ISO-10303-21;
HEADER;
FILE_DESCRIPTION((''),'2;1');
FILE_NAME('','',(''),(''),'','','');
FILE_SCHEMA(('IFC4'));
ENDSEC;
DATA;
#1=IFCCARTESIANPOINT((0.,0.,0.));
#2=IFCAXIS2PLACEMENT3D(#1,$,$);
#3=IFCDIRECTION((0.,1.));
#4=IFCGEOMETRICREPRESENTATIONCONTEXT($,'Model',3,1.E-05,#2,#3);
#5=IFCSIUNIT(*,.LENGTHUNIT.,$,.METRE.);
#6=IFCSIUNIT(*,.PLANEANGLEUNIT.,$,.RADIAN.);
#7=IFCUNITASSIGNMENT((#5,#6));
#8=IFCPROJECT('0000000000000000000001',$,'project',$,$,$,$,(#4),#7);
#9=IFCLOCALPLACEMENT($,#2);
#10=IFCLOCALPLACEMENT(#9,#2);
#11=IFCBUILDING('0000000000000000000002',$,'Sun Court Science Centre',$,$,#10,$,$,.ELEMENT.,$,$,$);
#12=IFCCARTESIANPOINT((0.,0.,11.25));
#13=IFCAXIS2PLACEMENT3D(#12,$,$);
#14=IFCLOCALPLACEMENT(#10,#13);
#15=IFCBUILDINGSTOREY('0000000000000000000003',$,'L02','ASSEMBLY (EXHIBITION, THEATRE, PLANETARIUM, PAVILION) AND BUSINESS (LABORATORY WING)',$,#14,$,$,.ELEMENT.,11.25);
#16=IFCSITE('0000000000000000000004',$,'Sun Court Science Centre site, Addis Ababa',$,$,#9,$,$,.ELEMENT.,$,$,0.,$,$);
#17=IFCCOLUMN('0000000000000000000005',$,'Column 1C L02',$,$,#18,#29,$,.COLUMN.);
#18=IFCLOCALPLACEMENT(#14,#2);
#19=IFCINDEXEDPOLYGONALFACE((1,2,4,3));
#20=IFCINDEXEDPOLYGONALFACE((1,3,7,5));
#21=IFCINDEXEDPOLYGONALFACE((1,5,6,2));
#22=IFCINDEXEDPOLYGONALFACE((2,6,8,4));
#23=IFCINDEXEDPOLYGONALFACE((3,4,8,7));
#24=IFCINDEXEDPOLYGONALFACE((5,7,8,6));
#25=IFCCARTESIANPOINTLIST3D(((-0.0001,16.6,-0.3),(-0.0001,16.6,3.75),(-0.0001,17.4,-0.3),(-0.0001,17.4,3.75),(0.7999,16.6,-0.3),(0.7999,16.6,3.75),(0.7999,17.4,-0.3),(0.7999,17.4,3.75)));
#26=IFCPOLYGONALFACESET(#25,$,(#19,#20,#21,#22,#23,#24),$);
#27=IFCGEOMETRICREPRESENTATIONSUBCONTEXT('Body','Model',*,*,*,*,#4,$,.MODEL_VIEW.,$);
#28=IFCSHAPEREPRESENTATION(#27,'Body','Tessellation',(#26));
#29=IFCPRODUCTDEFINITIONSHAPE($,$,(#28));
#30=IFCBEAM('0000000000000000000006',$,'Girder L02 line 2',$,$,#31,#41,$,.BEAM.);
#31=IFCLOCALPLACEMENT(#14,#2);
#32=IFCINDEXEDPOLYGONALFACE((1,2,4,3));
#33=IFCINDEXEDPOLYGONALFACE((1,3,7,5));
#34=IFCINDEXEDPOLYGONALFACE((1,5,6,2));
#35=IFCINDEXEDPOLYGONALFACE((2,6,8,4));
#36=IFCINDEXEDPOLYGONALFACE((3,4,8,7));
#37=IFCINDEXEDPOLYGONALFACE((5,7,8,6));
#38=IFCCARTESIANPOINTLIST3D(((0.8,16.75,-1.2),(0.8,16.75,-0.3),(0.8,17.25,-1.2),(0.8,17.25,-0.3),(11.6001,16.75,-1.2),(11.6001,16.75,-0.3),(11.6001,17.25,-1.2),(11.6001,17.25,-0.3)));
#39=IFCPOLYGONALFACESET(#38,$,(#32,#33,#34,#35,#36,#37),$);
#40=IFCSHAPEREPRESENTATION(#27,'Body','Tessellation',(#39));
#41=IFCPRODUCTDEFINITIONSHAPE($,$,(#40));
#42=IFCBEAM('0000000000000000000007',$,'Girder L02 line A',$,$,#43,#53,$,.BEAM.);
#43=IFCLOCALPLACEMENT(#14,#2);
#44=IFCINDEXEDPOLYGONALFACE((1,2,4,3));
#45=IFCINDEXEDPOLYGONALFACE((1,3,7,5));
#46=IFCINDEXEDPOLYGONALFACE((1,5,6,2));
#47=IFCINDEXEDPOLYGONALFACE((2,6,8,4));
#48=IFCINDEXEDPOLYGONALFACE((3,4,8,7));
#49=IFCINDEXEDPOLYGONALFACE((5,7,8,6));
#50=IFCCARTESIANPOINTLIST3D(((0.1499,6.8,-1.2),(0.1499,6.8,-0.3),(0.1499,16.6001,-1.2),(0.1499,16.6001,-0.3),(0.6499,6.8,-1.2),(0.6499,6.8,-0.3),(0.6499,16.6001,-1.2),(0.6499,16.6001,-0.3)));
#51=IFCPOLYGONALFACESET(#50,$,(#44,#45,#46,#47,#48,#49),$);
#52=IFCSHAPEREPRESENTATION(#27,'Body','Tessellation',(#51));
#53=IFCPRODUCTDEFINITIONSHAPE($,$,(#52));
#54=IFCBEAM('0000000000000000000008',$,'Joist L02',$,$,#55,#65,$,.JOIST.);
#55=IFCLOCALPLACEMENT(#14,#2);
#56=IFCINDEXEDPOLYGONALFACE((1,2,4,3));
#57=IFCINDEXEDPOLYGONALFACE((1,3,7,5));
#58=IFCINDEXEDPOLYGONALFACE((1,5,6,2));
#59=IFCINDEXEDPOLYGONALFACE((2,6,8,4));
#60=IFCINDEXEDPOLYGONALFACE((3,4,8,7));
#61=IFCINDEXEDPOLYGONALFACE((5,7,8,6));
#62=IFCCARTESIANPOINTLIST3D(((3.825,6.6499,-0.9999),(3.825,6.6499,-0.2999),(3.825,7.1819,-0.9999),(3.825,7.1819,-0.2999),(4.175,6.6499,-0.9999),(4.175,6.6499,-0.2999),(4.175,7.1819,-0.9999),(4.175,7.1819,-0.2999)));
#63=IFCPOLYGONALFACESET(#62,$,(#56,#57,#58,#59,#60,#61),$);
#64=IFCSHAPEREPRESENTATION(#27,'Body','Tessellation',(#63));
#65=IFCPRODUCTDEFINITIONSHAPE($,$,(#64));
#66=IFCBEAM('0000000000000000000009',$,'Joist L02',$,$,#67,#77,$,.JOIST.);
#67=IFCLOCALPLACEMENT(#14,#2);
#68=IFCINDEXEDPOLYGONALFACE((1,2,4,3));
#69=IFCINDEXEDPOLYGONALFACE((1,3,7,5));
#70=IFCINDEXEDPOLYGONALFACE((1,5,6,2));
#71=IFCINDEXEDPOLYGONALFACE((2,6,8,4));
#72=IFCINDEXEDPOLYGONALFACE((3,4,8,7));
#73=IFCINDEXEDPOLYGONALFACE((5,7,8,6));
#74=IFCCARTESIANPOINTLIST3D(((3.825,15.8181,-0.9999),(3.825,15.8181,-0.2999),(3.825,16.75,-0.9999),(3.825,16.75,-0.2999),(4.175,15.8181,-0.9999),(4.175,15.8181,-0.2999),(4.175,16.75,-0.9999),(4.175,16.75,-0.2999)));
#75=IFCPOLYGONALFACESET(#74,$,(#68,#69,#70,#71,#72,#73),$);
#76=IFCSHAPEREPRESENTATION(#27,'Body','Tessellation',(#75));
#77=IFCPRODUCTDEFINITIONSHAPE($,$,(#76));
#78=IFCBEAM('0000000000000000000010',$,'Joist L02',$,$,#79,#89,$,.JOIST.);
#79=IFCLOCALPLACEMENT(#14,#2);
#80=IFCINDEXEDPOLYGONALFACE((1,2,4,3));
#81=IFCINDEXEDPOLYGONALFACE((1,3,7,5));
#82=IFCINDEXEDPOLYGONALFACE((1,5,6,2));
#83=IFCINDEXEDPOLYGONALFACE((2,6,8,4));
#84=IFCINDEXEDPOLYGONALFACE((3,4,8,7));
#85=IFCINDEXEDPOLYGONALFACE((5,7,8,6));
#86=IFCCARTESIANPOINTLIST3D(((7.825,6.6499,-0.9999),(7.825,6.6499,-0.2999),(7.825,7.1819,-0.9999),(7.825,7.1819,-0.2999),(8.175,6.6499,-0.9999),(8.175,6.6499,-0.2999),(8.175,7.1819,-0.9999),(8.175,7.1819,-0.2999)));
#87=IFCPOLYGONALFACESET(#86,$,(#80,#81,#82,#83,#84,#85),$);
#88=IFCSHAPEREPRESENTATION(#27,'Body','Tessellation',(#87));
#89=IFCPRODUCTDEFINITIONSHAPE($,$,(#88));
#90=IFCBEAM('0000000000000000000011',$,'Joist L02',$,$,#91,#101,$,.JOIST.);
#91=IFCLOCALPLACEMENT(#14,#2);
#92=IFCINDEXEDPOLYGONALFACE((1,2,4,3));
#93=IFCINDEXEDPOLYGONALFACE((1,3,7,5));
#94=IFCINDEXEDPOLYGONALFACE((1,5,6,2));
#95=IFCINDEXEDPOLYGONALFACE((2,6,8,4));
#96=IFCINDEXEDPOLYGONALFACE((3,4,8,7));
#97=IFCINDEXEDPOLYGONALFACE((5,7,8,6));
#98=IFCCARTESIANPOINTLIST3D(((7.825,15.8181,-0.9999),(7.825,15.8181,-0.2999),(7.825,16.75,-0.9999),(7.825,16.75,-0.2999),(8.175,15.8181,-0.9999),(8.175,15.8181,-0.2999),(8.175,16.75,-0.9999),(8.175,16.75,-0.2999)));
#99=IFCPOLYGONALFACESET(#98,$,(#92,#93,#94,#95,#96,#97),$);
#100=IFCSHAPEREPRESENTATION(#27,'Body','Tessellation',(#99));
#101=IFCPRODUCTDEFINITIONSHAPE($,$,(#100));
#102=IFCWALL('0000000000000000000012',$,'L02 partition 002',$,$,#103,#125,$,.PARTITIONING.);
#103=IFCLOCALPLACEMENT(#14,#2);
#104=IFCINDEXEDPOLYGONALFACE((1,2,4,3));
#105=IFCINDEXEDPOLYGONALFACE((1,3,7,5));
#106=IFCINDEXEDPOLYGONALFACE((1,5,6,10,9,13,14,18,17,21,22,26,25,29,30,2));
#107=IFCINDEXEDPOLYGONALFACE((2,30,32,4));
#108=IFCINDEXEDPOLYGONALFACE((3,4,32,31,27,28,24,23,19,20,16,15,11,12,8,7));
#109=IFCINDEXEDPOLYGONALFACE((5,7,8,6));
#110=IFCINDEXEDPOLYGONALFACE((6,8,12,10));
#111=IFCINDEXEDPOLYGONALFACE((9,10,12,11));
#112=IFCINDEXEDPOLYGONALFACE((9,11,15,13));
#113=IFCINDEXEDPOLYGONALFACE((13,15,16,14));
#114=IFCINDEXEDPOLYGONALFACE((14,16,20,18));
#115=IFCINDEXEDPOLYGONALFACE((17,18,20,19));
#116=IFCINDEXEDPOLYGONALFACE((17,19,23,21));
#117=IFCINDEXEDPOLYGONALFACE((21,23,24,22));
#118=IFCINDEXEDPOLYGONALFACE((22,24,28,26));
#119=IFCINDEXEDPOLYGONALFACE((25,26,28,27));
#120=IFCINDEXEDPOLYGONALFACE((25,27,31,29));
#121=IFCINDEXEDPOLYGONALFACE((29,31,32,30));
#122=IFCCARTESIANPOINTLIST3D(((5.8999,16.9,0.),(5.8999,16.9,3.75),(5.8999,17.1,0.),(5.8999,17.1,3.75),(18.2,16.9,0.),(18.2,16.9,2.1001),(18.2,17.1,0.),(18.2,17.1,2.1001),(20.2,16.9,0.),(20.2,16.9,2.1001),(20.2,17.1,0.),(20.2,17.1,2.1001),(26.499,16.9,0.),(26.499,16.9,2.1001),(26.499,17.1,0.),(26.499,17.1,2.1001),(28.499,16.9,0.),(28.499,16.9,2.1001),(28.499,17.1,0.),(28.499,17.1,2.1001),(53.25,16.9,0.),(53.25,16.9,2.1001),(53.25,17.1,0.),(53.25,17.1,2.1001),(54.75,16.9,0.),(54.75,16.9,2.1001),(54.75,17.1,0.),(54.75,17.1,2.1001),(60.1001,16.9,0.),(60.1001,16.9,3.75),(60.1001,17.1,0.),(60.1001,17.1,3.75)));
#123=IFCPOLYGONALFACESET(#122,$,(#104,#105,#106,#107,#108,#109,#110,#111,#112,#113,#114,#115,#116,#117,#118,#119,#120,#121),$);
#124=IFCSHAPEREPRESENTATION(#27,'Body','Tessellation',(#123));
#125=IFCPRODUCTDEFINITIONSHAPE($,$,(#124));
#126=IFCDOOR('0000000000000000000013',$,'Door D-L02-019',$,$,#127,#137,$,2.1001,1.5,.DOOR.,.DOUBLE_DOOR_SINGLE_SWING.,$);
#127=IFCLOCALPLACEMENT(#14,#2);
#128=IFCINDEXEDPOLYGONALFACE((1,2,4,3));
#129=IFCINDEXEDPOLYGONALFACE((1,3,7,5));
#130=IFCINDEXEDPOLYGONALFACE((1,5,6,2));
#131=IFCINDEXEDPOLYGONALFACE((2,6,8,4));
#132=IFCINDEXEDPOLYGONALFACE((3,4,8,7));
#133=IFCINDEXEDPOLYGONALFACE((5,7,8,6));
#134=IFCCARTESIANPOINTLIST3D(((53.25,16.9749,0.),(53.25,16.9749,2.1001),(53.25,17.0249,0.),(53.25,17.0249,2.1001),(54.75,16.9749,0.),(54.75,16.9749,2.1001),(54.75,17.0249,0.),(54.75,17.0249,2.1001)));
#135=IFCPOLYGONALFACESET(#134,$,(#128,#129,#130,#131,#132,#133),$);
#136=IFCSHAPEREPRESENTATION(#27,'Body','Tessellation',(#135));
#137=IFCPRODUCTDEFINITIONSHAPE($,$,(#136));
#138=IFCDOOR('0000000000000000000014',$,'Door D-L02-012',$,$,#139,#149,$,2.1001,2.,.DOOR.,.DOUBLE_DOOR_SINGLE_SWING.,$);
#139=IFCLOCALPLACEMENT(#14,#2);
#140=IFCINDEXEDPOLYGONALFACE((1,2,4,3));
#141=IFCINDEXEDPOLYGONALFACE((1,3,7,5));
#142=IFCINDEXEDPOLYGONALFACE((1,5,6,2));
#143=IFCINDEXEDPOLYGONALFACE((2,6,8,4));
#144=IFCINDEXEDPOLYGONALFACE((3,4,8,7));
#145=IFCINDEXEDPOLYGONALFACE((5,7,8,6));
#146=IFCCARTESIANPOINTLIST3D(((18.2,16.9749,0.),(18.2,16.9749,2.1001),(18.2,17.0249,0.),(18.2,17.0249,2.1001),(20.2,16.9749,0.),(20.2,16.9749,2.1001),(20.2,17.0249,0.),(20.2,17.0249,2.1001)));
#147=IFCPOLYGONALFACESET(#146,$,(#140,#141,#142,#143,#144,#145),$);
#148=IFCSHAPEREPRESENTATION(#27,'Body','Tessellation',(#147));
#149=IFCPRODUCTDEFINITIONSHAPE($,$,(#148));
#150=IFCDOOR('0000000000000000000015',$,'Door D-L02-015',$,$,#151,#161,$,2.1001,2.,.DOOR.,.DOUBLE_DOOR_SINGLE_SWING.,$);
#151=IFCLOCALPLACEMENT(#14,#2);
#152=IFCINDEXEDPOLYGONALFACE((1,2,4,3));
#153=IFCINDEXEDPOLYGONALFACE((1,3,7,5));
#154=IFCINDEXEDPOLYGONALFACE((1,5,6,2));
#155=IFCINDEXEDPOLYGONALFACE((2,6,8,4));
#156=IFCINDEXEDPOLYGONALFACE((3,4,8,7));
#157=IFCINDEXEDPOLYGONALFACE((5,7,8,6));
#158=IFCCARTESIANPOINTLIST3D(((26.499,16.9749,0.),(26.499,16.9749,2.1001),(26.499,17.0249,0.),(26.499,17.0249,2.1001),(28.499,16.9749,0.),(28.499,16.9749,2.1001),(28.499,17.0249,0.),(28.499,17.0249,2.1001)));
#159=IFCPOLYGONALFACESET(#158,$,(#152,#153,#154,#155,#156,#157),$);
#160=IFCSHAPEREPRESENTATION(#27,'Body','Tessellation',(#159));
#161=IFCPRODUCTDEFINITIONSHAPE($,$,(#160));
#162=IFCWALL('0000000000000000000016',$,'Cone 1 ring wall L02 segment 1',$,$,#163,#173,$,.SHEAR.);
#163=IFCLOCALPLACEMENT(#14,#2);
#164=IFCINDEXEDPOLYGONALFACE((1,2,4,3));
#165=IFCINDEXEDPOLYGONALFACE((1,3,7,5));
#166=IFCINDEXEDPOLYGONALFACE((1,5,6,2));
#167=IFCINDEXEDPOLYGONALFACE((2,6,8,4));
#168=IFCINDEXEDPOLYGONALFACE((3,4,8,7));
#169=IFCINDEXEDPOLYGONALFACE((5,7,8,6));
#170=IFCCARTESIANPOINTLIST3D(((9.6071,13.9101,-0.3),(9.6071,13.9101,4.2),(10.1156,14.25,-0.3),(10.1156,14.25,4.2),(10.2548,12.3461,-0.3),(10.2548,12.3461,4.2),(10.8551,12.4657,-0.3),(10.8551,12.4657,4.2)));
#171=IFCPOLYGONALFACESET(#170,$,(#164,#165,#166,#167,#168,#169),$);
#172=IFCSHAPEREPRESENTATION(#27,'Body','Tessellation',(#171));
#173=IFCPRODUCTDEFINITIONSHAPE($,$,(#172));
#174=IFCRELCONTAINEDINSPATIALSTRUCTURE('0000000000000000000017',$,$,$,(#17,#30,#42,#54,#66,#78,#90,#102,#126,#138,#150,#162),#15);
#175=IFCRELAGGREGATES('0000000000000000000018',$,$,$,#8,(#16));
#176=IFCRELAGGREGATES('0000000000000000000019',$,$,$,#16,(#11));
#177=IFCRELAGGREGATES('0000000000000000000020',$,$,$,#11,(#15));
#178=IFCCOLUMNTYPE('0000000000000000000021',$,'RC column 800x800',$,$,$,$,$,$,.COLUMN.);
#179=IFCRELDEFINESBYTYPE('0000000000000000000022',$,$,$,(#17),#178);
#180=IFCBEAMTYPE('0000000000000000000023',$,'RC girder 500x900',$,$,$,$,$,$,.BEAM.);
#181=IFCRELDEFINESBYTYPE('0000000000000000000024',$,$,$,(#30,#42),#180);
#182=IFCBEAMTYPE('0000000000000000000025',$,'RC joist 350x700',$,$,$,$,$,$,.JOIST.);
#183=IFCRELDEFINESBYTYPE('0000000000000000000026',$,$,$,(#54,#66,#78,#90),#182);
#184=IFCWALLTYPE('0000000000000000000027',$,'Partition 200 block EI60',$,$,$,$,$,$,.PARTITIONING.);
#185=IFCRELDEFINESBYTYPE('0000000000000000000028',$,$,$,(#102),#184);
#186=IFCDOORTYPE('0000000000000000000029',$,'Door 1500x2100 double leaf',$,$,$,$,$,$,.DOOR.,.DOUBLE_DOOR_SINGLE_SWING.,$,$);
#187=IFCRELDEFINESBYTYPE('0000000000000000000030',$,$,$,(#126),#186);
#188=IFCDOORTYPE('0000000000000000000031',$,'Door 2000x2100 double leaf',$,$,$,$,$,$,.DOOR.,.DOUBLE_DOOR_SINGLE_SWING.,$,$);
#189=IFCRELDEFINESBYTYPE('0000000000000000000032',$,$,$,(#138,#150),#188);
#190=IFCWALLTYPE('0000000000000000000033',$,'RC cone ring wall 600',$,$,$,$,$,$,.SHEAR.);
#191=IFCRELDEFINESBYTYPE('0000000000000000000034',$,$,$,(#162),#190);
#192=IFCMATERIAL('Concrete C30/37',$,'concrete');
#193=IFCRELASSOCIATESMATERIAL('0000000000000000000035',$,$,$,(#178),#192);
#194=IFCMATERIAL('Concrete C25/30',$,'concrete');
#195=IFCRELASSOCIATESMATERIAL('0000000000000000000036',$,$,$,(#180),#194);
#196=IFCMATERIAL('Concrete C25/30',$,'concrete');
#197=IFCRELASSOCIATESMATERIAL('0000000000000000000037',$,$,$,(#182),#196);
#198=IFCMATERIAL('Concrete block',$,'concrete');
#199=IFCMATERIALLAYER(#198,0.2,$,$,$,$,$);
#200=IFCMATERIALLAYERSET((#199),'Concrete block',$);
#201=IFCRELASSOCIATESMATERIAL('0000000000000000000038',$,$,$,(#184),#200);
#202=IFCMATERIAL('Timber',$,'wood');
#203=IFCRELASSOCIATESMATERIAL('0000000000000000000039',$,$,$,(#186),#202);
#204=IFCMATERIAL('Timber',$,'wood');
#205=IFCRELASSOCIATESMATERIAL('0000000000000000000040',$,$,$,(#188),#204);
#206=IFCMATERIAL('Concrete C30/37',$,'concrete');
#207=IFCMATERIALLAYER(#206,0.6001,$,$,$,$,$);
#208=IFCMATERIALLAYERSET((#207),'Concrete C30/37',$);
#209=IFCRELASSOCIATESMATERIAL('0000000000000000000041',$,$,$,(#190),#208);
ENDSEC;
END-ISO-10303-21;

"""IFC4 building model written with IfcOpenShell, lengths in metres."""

from ifc_helpers import new_model, si_unit, direction, frame, frame_2d, origin, origin_2d, place, context, subcontext, project, spatial, polyline, rectangle, outline, extrude, material, layer, layer_set, material_profile, profile_set, type_object, element, fill, save


model = new_model("IFC4")

# Units and contexts
model_context = context("Model", 3, precision=1e-05, world=origin(), true_north=direction((0.0, 1.0)))
body_context = subcontext(model_context, "Body", "Model", "MODEL_VIEW")
ifc_project = project(units=[si_unit("LENGTHUNIT", "METRE"), si_unit("PLANEANGLEUNIT", "RADIAN")], contexts=[model_context])

# Site, building, storey
site_placement = place(None, origin())
site = spatial("IfcSite", under=ifc_project, at=site_placement, Name="Sun Court Science Centre site, Addis Ababa", CompositionType="ELEMENT", RefElevation=0.0)
building_placement = place(site_placement, origin())
building = spatial("IfcBuilding", under=site, at=building_placement, Name="Sun Court Science Centre", CompositionType="ELEMENT")
storey_placement = place(building_placement, frame((0.0, 0.0, 11.25)))
storey = spatial("IfcBuildingStorey", under=building, at=storey_placement, Name="L02", Description="ASSEMBLY (EXHIBITION, THEATRE, PLANETARIUM, PAVILION) AND BUSINESS (LABORATORY WING)", CompositionType="ELEMENT", Elevation=11.25)

# Column
ifc_material_1 = material(Name="Concrete C30/37", Category="concrete")
ifc_material_profile_1 = material_profile(ifc_material_1, rectangle(XDim=0.8, YDim=0.8, at=origin_2d()), Name="RC 800x800")
ifc_profile_set_1 = profile_set([ifc_material_profile_1], Name="Concrete C30/37")
column_type = type_object("IfcColumnType", Name="RC column 800x800", PredefinedType="COLUMN", material=ifc_profile_set_1)
column_placement = place(storey_placement, frame((0.3999, 17.0, -0.3), z_axis=(0.0, 0.0, 1.0), x_axis=(1.0, 0.0, 0.0)))
element("IfcColumn", 1, at=column_placement, inside=storey, type_object=column_type, Name="Column 1C L02", PredefinedType="COLUMN", context=body_context, shape_type="SweptSolid", body=[
    extrude(rectangle(XDim=0.8, YDim=0.8, at=origin_2d()), origin(), (0.0, 0.0, 1.0), 4.05),
])

# Beams
ifc_material_2 = material(Name="Concrete C25/30", Category="concrete")
ifc_material_profile_2 = material_profile(ifc_material_2, rectangle(XDim=0.5, YDim=0.8999, at=origin_2d()), Name="RC 500x900")
ifc_profile_set_2 = profile_set([ifc_material_profile_2], Name="Concrete C25/30")
beam_type_1 = type_object("IfcBeamType", Name="RC girder 500x900", PredefinedType="BEAM", material=ifc_profile_set_2)
beam_1_placement = place(storey_placement, frame((0.8, 17.0, -0.75), z_axis=(1.0, 0.0, 0.0), x_axis=(0.0, 1.0, 0.0)))
element("IfcBeam", 2, at=beam_1_placement, inside=storey, type_object=beam_type_1, Name="Girder L02 line 2", PredefinedType="BEAM", context=body_context, shape_type="SweptSolid", body=[
    extrude(rectangle(XDim=0.5, YDim=0.8999, at=origin_2d()), origin(), (0.0, 0.0, 1.0), 10.8),
])
beam_2_placement = place(storey_placement, frame((0.3999, 6.8, -0.75), z_axis=(0.0, 1.0, 0.0), x_axis=(-1.0, 0.0, 0.0)))
element("IfcBeam", 3, at=beam_2_placement, inside=storey, type_object=beam_type_1, Name="Girder L02 line A", PredefinedType="BEAM", context=body_context, shape_type="SweptSolid", body=[
    extrude(rectangle(XDim=0.5, YDim=0.8999, at=origin_2d()), origin(), (0.0, 0.0, 1.0), 9.8),
])
ifc_material_3 = material(Name="Concrete C25/30", Category="concrete")
ifc_material_profile_3 = material_profile(ifc_material_3, rectangle(XDim=0.3501, YDim=0.7, at=origin_2d()), Name="RC 350x700")
ifc_profile_set_3 = profile_set([ifc_material_profile_3], Name="Concrete C25/30")
beam_type_2 = type_object("IfcBeamType", Name="RC joist 350x700", PredefinedType="JOIST", material=ifc_profile_set_3)
beam_3_placement = place(storey_placement, frame((4.0, 6.6499, -0.6499), z_axis=(0.0, 1.0, 0.0), x_axis=(-1.0, 0.0, 0.0)))
element("IfcBeam", 4, at=beam_3_placement, inside=storey, type_object=beam_type_2, Name="Joist L02", PredefinedType="JOIST", context=body_context, shape_type="SweptSolid", body=[
    extrude(rectangle(XDim=0.3501, YDim=0.7, at=origin_2d()), origin(), (0.0, 0.0, 1.0), 0.532),
])
beam_4_placement = place(storey_placement, frame((4.0, 15.8181, -0.6499), z_axis=(0.0, 1.0, 0.0), x_axis=(-1.0, 0.0, 0.0)))
element("IfcBeam", 5, at=beam_4_placement, inside=storey, type_object=beam_type_2, Name="Joist L02", PredefinedType="JOIST", context=body_context, shape_type="SweptSolid", body=[
    extrude(rectangle(XDim=0.3501, YDim=0.7, at=origin_2d()), origin(), (0.0, 0.0, 1.0), 0.9319),
])
beam_5_placement = place(storey_placement, frame((8.0, 6.6499, -0.6499), z_axis=(0.0, 1.0, 0.0), x_axis=(-1.0, 0.0, 0.0)))
element("IfcBeam", 6, at=beam_5_placement, inside=storey, type_object=beam_type_2, Name="Joist L02", PredefinedType="JOIST", context=body_context, shape_type="SweptSolid", body=[
    extrude(rectangle(XDim=0.3501, YDim=0.7, at=origin_2d()), origin(), (0.0, 0.0, 1.0), 0.532),
])
beam_6_placement = place(storey_placement, frame((8.0, 15.8181, -0.6499), z_axis=(0.0, 1.0, 0.0), x_axis=(-1.0, 0.0, 0.0)))
element("IfcBeam", 7, at=beam_6_placement, inside=storey, type_object=beam_type_2, Name="Joist L02", PredefinedType="JOIST", context=body_context, shape_type="SweptSolid", body=[
    extrude(rectangle(XDim=0.3501, YDim=0.7, at=origin_2d()), origin(), (0.0, 0.0, 1.0), 0.9319),
])

# Wall, openings, doors
ifc_material_4 = material(Name="Concrete block", Category="concrete")
ifc_layer_1 = layer(ifc_material_4, 0.2)
ifc_layer_set_1 = layer_set([ifc_layer_1], Name="Concrete block")
wall_type_1 = type_object("IfcWallType", Name="Partition 200 block EI60", PredefinedType="PARTITIONING", material=ifc_layer_set_1)
wall_1_placement = place(storey_placement, frame((5.8999, 17.0, 0.0), z_axis=(0.0, 0.0, 1.0), x_axis=(1.0, 0.0, 0.0)))
wall_1 = element("IfcWall", 8, at=wall_1_placement, inside=storey, type_object=wall_type_1, Name="L02 partition 002", PredefinedType="PARTITIONING", context=body_context, shape_type="SweptSolid", body=[
    extrude(rectangle(XDim=54.2002, YDim=0.2, at=frame_2d((27.1001, 0.0))), origin(), (0.0, 0.0, 1.0), 3.75),
])
opening_1_placement = place(wall_1_placement, frame((12.3, 0.0, 0.0)))
opening_1 = element("IfcOpeningElement", 9, at=opening_1_placement, cuts=wall_1, PredefinedType="OPENING", context=body_context, shape_type="SweptSolid", body=[
    extrude(rectangle(XDim=2.0, YDim=2.1001, at=frame_2d((1.0, 1.05))), frame((0.0, 0.1099, 0.0), z_axis=(0.0, -1.0, 0.0), x_axis=(1.0, 0.0, 0.0)), (0.0, 0.0, 1.0), 0.22),
])
opening_2_placement = place(wall_1_placement, frame((20.5991, 0.0, 0.0)))
opening_2 = element("IfcOpeningElement", 10, at=opening_2_placement, cuts=wall_1, PredefinedType="OPENING", context=body_context, shape_type="SweptSolid", body=[
    extrude(rectangle(XDim=2.0, YDim=2.1001, at=frame_2d((1.0, 1.05))), frame((0.0, 0.1099, 0.0), z_axis=(0.0, -1.0, 0.0), x_axis=(1.0, 0.0, 0.0)), (0.0, 0.0, 1.0), 0.22),
])
opening_3_placement = place(wall_1_placement, frame((47.3501, 0.0, 0.0)))
opening_3 = element("IfcOpeningElement", 11, at=opening_3_placement, cuts=wall_1, PredefinedType="OPENING", context=body_context, shape_type="SweptSolid", body=[
    extrude(rectangle(XDim=1.5, YDim=2.1001, at=frame_2d((0.75, 1.05))), frame((0.0, 0.1099, 0.0), z_axis=(0.0, -1.0, 0.0), x_axis=(1.0, 0.0, 0.0)), (0.0, 0.0, 1.0), 0.22),
])
ifc_material_5 = material(Name="Timber", Category="wood")
door_type_1 = type_object("IfcDoorType", Name="Door 1500x2100 double leaf", OperationType="DOUBLE_DOOR_SINGLE_SWING", PredefinedType="DOOR", material=ifc_material_5)
door_1_placement = place(opening_3_placement, origin())
door_1 = element("IfcDoor", 12, at=door_1_placement, inside=storey, type_object=door_type_1, Name="Door D-L02-019", OperationType="DOUBLE_DOOR_SINGLE_SWING", OverallHeight=2.1001, OverallWidth=1.5, PredefinedType="DOOR", context=body_context, shape_type="SweptSolid", body=[
    extrude(rectangle(XDim=1.5, YDim=2.1001, at=frame_2d((0.75, 1.05))), frame((0.0, 0.0249, 0.0), z_axis=(0.0, -1.0, 0.0), x_axis=(1.0, 0.0, 0.0)), (0.0, 0.0, 1.0), 0.05),
])
fill(opening_3, door_1)
ifc_material_6 = material(Name="Timber", Category="wood")
door_type_2 = type_object("IfcDoorType", Name="Door 2000x2100 double leaf", OperationType="DOUBLE_DOOR_SINGLE_SWING", PredefinedType="DOOR", material=ifc_material_6)
door_2_placement = place(opening_1_placement, origin())
door_2 = element("IfcDoor", 13, at=door_2_placement, inside=storey, type_object=door_type_2, Name="Door D-L02-012", OperationType="DOUBLE_DOOR_SINGLE_SWING", OverallHeight=2.1001, OverallWidth=2.0, PredefinedType="DOOR", context=body_context, shape_type="SweptSolid", body=[
    extrude(rectangle(XDim=2.0, YDim=2.1001, at=frame_2d((1.0, 1.05))), frame((0.0, 0.0249, 0.0), z_axis=(0.0, -1.0, 0.0), x_axis=(1.0, 0.0, 0.0)), (0.0, 0.0, 1.0), 0.05),
])
fill(opening_1, door_2)
door_3_placement = place(opening_2_placement, origin())
door_3 = element("IfcDoor", 14, at=door_3_placement, inside=storey, type_object=door_type_2, Name="Door D-L02-015", OperationType="DOUBLE_DOOR_SINGLE_SWING", OverallHeight=2.1001, OverallWidth=2.0, PredefinedType="DOOR", context=body_context, shape_type="SweptSolid", body=[
    extrude(rectangle(XDim=2.0, YDim=2.1001, at=frame_2d((1.0, 1.05))), frame((0.0, 0.0249, 0.0), z_axis=(0.0, -1.0, 0.0), x_axis=(1.0, 0.0, 0.0)), (0.0, 0.0, 1.0), 0.05),
])
fill(opening_2, door_3)

# Wall
ifc_material_7 = material(Name="Concrete C30/37", Category="concrete")
ifc_layer_2 = layer(ifc_material_7, 0.6001)
ifc_layer_set_2 = layer_set([ifc_layer_2], Name="Concrete C30/37")
wall_type_2 = type_object("IfcWallType", Name="RC cone ring wall 600", PredefinedType="SHEAR", material=ifc_layer_set_2)
wall_2_placement = place(storey_placement, frame((10.5776, 12.3508, -0.3), z_axis=(0.0, 0.0, 1.0), x_axis=(-0.382631, 0.923901, 0.0)))
element("IfcWall", 15, at=wall_2_placement, inside=storey, type_object=wall_type_2, Name="Cone 1 ring wall L02 segment 1", PredefinedType="SHEAR", context=body_context, shape_type="SweptSolid", body=[
    extrude(outline(polyline([(0.0, -0.3003), (1.9314, -0.2998), (1.812, 0.3), (0.1191, 0.3), (0.0, -0.3003)])), origin(), (0.0, 0.0, 1.0), 4.5),
])

save(model, "model.ifc")
